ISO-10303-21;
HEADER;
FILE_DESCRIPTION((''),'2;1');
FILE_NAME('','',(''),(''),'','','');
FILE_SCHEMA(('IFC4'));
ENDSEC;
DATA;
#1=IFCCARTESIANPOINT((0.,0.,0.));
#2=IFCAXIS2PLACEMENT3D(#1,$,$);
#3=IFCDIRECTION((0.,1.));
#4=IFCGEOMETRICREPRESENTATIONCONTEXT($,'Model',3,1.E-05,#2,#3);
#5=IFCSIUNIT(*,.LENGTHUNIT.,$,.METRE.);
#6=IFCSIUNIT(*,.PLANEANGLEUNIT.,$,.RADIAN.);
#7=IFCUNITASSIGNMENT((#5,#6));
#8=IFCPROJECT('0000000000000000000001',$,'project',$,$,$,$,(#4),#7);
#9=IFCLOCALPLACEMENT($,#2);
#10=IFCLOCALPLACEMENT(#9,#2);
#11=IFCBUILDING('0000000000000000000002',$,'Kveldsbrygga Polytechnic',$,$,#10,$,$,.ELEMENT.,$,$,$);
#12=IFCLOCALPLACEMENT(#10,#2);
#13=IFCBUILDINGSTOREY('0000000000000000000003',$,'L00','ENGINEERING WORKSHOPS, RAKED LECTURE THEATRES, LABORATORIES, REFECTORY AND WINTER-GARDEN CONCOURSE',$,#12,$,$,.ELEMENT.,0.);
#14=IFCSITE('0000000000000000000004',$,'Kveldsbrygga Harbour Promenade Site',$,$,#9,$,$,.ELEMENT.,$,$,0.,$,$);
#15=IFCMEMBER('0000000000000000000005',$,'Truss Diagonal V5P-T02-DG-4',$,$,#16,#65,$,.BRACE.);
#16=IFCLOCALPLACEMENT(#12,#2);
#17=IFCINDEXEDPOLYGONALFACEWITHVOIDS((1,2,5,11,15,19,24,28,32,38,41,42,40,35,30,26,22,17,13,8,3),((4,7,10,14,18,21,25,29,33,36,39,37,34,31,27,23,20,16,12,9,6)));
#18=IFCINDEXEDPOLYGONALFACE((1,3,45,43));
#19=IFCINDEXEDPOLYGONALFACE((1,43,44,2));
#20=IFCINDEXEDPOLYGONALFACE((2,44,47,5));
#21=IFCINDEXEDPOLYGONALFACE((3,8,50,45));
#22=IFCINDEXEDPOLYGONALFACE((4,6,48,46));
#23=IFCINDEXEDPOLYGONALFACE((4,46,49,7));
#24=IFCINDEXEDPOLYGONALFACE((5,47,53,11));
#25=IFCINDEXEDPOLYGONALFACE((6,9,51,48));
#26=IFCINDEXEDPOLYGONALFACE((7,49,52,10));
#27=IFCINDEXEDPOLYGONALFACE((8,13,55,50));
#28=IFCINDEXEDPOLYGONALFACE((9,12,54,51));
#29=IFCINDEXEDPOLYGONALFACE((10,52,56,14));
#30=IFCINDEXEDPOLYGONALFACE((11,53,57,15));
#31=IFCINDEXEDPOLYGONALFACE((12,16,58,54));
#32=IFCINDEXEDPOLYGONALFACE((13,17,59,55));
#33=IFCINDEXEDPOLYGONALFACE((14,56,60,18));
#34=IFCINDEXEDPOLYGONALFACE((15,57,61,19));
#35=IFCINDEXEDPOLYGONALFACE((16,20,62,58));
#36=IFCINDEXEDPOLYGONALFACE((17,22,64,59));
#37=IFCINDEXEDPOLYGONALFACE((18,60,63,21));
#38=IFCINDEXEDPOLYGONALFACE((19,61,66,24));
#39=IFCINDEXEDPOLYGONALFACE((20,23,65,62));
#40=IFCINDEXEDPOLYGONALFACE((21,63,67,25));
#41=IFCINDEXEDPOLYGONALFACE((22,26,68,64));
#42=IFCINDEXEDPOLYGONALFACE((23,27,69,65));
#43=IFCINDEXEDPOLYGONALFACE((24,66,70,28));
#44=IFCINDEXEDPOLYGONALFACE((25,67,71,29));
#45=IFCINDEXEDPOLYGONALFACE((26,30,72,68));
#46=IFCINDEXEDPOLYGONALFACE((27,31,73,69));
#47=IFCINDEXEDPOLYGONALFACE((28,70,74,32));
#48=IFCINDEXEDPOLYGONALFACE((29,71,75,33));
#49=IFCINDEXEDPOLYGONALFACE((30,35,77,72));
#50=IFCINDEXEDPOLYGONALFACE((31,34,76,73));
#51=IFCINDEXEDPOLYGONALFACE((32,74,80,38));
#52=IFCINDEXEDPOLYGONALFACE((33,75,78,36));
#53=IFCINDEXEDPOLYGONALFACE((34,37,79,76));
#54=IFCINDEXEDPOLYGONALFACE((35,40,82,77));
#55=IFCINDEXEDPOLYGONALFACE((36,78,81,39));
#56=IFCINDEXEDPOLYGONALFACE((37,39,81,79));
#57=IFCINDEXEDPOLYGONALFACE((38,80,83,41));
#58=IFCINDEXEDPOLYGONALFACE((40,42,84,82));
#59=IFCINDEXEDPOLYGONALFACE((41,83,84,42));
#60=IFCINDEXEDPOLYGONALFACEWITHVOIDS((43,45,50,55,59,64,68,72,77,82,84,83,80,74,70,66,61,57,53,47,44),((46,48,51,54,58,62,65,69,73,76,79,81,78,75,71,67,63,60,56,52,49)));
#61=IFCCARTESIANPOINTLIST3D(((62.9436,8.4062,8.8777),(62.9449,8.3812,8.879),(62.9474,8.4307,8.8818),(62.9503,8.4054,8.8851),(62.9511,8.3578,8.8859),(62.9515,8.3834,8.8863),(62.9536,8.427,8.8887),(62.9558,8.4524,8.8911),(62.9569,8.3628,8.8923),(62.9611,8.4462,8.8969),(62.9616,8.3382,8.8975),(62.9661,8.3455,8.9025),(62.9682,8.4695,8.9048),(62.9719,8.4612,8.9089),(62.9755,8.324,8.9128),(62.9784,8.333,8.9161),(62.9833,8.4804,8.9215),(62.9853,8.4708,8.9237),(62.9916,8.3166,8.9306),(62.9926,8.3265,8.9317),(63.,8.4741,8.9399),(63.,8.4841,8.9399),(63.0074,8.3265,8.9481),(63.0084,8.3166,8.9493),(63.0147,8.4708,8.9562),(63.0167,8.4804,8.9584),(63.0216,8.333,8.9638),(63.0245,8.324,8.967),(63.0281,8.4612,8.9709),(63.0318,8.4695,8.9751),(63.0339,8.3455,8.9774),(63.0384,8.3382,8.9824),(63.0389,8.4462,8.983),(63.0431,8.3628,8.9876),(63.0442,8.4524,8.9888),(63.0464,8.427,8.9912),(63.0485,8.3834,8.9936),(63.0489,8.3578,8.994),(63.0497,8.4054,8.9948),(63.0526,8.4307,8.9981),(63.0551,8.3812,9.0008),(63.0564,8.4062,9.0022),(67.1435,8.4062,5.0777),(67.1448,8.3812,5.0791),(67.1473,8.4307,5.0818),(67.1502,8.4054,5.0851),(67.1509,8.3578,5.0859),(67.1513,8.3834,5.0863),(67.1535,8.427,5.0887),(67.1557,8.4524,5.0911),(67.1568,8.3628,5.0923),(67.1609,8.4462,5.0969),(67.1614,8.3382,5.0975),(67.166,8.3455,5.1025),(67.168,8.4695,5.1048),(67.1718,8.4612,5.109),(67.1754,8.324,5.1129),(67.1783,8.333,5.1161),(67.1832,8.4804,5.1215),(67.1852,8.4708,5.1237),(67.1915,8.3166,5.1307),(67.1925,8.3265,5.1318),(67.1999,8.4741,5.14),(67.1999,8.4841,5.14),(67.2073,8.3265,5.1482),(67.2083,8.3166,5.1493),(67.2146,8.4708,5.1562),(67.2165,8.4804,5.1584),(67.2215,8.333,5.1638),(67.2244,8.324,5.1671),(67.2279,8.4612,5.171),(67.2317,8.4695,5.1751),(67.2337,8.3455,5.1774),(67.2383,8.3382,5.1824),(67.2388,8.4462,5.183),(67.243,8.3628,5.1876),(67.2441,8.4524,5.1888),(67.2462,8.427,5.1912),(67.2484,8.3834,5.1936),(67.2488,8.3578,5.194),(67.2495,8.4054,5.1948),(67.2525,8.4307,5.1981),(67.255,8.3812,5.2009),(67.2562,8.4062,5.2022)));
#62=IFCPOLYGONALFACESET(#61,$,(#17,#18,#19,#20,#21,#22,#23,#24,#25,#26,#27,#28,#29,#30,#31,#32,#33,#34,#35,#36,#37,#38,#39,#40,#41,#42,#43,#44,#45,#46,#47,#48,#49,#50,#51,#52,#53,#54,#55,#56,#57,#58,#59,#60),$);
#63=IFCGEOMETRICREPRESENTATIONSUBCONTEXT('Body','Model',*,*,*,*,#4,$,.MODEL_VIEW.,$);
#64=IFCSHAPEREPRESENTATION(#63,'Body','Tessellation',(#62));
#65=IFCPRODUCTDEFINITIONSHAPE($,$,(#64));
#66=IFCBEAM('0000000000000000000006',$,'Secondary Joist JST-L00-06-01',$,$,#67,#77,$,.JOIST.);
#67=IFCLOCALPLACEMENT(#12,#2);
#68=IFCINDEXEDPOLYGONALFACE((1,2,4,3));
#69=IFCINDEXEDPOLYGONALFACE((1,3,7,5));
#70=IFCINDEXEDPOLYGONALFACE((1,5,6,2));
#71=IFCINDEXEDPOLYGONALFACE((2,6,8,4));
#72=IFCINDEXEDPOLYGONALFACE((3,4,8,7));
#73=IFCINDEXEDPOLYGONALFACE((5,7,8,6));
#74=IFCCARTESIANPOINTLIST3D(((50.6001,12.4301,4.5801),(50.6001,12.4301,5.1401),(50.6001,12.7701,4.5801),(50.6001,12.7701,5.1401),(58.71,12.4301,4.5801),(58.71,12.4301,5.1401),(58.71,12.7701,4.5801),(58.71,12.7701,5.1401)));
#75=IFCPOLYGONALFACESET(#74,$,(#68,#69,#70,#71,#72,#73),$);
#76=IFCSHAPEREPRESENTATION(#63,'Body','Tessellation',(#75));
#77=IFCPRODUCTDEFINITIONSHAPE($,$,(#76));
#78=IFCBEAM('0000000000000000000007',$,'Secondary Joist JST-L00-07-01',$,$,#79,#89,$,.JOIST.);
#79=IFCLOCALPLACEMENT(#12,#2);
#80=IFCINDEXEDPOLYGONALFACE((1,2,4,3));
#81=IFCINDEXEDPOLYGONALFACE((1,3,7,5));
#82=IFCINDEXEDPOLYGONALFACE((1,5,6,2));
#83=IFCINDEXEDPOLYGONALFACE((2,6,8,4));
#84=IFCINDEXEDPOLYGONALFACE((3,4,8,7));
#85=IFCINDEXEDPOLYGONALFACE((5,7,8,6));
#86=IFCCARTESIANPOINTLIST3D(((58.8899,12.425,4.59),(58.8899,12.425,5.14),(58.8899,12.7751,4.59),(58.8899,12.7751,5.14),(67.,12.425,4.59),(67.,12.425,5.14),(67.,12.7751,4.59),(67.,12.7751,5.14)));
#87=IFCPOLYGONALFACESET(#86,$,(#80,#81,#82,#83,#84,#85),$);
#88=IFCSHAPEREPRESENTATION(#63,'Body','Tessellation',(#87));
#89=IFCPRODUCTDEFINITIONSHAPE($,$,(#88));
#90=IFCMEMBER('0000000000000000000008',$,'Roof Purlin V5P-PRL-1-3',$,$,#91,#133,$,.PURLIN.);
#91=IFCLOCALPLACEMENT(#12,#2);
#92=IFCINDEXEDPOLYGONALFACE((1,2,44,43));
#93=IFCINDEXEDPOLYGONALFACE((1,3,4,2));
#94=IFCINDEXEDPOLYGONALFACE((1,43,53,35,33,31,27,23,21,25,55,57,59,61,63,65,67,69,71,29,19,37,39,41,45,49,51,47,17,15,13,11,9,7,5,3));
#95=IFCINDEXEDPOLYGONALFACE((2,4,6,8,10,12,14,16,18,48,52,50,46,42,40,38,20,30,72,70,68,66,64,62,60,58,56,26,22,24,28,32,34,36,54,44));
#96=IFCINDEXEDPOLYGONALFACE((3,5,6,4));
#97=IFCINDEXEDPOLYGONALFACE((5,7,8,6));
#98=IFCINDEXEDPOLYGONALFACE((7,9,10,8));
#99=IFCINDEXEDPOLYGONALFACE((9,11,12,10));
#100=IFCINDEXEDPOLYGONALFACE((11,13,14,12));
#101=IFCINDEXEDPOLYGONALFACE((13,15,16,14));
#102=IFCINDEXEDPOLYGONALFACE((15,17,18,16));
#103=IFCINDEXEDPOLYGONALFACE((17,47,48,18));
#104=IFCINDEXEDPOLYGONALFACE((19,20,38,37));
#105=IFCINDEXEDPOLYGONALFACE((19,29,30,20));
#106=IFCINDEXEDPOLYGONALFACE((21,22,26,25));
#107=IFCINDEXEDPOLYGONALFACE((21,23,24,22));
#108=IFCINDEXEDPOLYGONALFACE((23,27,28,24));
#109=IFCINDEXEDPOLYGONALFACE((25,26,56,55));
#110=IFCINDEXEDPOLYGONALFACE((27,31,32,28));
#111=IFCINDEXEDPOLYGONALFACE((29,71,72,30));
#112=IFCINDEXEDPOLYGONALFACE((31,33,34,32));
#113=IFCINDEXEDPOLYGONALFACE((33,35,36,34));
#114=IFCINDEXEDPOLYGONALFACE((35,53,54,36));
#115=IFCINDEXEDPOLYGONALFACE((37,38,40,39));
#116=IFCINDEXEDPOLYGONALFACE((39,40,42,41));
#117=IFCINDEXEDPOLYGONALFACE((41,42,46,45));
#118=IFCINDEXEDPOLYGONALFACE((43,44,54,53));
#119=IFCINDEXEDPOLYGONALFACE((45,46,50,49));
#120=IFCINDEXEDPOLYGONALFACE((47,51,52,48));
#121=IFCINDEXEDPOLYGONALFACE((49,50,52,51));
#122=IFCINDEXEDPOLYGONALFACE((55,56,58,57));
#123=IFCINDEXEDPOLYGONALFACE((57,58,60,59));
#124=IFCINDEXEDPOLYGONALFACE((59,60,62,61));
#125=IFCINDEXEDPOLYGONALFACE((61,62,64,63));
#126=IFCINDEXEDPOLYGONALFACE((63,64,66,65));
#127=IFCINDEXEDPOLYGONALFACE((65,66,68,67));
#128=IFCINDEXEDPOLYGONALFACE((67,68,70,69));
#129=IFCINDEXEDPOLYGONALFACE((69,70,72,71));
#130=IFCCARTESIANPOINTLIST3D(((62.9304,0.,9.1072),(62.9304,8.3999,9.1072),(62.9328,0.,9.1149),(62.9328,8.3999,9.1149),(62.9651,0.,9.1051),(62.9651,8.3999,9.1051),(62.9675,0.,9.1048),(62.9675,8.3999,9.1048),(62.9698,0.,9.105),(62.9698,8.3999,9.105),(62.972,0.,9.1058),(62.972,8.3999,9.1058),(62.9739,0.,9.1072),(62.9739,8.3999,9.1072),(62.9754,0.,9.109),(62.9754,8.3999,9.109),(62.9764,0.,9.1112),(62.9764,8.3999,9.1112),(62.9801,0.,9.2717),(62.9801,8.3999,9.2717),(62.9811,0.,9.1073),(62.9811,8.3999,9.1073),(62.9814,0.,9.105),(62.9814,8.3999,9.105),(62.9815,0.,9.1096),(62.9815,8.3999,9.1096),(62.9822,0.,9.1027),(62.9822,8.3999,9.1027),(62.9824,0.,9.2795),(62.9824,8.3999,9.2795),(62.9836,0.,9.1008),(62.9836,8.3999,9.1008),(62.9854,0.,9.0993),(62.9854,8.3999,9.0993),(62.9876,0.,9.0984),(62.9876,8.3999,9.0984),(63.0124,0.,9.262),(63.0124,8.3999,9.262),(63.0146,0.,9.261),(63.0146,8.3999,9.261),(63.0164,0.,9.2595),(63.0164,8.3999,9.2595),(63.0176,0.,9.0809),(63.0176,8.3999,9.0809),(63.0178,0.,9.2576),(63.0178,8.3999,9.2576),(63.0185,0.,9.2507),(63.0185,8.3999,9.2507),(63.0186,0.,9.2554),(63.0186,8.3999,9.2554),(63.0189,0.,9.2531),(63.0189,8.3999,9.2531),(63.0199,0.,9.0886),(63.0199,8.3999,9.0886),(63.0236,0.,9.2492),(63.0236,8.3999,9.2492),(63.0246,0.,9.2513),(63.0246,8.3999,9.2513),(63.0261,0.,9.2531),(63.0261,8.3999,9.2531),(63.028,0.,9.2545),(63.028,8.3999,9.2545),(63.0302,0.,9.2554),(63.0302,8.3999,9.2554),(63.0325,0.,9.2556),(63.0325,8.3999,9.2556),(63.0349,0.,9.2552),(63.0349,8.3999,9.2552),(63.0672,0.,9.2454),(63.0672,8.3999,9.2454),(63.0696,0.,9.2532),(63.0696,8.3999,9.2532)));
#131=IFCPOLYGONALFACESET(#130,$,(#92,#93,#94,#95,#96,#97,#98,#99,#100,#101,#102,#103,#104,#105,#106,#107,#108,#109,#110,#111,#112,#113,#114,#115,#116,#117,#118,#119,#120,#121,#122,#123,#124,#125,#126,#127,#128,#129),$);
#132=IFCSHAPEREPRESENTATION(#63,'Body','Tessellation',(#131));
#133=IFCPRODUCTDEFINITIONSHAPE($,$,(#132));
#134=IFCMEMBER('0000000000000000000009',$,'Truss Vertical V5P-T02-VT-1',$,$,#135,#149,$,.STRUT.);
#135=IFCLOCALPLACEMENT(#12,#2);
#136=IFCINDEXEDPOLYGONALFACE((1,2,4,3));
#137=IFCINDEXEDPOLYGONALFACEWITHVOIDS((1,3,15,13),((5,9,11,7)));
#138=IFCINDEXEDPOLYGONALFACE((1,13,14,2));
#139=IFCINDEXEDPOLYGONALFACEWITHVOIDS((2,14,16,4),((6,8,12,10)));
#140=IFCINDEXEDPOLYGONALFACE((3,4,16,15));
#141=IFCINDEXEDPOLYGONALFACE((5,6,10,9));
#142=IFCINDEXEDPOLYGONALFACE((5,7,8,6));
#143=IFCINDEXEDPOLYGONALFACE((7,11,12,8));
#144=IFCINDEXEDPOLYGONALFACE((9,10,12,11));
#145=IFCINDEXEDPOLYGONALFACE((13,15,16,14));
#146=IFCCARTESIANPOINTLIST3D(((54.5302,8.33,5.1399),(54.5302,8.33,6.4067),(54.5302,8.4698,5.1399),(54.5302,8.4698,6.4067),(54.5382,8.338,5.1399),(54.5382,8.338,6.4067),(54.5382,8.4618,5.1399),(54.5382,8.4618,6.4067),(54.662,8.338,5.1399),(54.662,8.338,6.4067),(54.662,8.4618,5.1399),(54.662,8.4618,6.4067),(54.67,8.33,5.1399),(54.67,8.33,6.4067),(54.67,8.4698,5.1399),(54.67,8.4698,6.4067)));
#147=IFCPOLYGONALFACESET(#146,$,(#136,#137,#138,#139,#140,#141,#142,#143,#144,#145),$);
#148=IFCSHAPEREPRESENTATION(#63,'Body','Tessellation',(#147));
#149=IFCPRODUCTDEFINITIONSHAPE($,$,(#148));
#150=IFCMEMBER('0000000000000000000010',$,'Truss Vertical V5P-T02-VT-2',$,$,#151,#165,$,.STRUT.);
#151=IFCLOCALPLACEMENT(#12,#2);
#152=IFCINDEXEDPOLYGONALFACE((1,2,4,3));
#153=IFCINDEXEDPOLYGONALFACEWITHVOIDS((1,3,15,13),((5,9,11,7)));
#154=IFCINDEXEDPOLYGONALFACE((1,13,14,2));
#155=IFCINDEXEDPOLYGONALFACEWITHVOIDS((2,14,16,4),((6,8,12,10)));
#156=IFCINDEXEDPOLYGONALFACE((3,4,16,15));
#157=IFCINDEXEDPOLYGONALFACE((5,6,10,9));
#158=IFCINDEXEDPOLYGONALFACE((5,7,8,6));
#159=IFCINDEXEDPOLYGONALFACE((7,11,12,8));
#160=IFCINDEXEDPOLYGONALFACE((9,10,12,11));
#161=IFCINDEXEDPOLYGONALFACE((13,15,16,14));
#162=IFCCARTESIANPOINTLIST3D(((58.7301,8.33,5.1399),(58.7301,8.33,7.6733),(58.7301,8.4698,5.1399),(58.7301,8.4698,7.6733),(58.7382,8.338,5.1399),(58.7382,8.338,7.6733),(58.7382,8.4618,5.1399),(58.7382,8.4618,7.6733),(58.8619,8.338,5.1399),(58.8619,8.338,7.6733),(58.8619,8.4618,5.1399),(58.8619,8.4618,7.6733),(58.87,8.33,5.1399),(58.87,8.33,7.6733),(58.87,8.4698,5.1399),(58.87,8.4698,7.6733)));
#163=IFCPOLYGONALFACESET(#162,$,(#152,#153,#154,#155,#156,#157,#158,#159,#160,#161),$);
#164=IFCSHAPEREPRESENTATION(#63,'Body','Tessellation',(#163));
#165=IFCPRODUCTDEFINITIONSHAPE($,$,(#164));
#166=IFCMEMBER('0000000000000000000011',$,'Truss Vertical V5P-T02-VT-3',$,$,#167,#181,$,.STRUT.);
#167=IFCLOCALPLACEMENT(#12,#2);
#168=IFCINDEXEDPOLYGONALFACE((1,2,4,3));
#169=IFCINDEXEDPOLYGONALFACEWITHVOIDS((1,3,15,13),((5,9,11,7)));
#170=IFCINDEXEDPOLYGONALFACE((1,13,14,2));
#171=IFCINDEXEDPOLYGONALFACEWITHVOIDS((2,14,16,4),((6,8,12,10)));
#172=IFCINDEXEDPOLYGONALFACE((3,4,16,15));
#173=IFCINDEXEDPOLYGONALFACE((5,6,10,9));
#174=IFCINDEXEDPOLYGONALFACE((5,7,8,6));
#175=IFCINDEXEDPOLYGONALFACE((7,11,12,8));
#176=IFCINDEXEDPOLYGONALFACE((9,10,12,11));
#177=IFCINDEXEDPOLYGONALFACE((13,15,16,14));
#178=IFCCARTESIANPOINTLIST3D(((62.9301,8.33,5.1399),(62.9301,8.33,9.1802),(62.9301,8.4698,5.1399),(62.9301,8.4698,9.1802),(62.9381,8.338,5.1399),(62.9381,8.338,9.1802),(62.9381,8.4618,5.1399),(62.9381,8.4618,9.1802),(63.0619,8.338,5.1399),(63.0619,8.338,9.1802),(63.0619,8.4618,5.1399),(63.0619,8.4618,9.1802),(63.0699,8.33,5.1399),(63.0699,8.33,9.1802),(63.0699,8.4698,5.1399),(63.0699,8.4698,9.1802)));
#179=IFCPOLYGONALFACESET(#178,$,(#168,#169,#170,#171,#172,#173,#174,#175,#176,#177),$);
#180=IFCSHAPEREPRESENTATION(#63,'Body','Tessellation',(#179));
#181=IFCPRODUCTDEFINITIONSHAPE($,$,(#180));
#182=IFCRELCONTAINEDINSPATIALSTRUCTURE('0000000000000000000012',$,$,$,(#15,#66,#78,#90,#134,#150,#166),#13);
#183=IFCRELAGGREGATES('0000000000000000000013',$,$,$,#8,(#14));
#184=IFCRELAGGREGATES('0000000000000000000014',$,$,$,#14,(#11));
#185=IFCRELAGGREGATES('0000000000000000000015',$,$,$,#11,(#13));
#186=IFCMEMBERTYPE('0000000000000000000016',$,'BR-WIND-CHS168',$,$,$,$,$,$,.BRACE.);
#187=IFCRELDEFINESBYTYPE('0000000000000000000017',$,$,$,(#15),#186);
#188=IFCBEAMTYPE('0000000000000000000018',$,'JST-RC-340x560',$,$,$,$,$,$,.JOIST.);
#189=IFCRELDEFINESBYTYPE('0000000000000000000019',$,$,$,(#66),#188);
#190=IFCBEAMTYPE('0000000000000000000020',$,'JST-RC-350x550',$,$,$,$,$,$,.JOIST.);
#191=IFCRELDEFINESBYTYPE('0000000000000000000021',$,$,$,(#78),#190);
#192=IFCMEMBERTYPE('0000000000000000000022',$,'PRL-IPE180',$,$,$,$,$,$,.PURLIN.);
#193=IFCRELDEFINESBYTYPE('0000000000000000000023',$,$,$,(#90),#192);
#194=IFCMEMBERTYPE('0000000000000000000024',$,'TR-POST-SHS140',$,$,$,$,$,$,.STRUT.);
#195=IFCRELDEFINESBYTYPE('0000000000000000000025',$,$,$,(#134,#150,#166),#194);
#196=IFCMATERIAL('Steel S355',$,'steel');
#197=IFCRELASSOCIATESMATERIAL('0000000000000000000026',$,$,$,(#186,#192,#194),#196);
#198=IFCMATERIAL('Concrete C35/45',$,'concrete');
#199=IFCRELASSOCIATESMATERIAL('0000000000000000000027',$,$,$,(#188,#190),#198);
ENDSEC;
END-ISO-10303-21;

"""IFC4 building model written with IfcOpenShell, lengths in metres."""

from ifc_helpers import new_model, si_unit, direction, frame, origin, origin_2d, place, context, subcontext, project, spatial, rectangle, hollow_rectangle, hollow_circle, i_section, extrude, material, material_profile, profile_set, type_object, element, save


model = new_model("IFC4")

# Units and contexts
model_context = context("Model", 3, precision=1e-05, world=origin(), true_north=direction((0.0, 1.0)))
body_context = subcontext(model_context, "Body", "Model", "MODEL_VIEW")
ifc_project = project(units=[si_unit("LENGTHUNIT", "METRE"), si_unit("PLANEANGLEUNIT", "RADIAN")], contexts=[model_context])

# Site, building, storey
site_placement = place(None, origin())
site = spatial("IfcSite", under=ifc_project, at=site_placement, Name="Kveldsbrygga Harbour Promenade Site", CompositionType="ELEMENT", RefElevation=0.0)
building_placement = place(site_placement, origin())
building = spatial("IfcBuilding", under=site, at=building_placement, Name="Kveldsbrygga Polytechnic", CompositionType="ELEMENT")
storey_placement = place(building_placement, origin())
storey = spatial("IfcBuildingStorey", under=building, at=storey_placement, Name="L00", Description="ENGINEERING WORKSHOPS, RAKED LECTURE THEATRES, LABORATORIES, REFECTORY AND WINTER-GARDEN CONCOURSE", CompositionType="ELEMENT", Elevation=0.0)

# Shared definitions
ifc_material_1 = material(Name="Concrete C35/45", Category="concrete")

# Shared definitions
ifc_material_2 = material(Name="Steel S355", Category="steel")

# Member
ifc_material_profile_1 = material_profile(ifc_material_2, hollow_circle(Radius=0.0842, WallThickness=0.01, at=origin_2d()), Name="CHS 168.3x10.0")
ifc_profile_set_1 = profile_set([ifc_material_profile_1], Name="Steel S355")
member_type_1 = type_object("IfcMemberType", Name="BR-WIND-CHS168", PredefinedType="BRACE", material=ifc_profile_set_1)
for number, where, z_axis, x_axis, name in (
    (1, (63.0, 8.3999, 8.9399), (0.741528, 0.0, -0.670922), (0.0, 1.0, 0.0), "Truss Diagonal V5P-T02-DG-4"),
):
    element("IfcMember", number, at=place(storey_placement, frame(where, z_axis=z_axis, x_axis=x_axis)), inside=storey, type_object=member_type_1, Name=name, PredefinedType="BRACE", context=body_context, shape_type="SweptSolid", body=[
        extrude(hollow_circle(Radius=0.0842, WallThickness=0.01, at=origin_2d()), origin(), (0.0, 0.0, 1.0), 5.6638),
    ])

# Beams
ifc_material_profile_2 = material_profile(ifc_material_1, rectangle(XDim=0.3401, YDim=0.5601, at=origin_2d()), Name="RC 340x560")
ifc_profile_set_2 = profile_set([ifc_material_profile_2], Name="Concrete C35/45")
beam_type_1 = type_object("IfcBeamType", Name="JST-RC-340x560", PredefinedType="JOIST", material=ifc_profile_set_2)
beam_1_placement = place(storey_placement, frame((50.6001, 12.6001, 4.8601), z_axis=(1.0, 0.0, 0.0), x_axis=(0.0, 1.0, 0.0)))
element("IfcBeam", 2, at=beam_1_placement, inside=storey, type_object=beam_type_1, Name="Secondary Joist JST-L00-06-01", PredefinedType="JOIST", context=body_context, shape_type="SweptSolid", body=[
    extrude(rectangle(XDim=0.3401, YDim=0.5601, at=origin_2d()), origin(), (0.0, 0.0, 1.0), 8.1099),
])
ifc_material_profile_3 = material_profile(ifc_material_1, rectangle(XDim=0.3501, YDim=0.55, at=origin_2d()), Name="RC 350x550")
ifc_profile_set_3 = profile_set([ifc_material_profile_3], Name="Concrete C35/45")
beam_type_2 = type_object("IfcBeamType", Name="JST-RC-350x550", PredefinedType="JOIST", material=ifc_profile_set_3)
beam_2_placement = place(storey_placement, frame((58.8899, 12.6001, 4.865), z_axis=(1.0, 0.0, 0.0), x_axis=(0.0, 1.0, 0.0)))
element("IfcBeam", 3, at=beam_2_placement, inside=storey, type_object=beam_type_2, Name="Secondary Joist JST-L00-07-01", PredefinedType="JOIST", context=body_context, shape_type="SweptSolid", body=[
    extrude(rectangle(XDim=0.3501, YDim=0.55, at=origin_2d()), origin(), (0.0, 0.0, 1.0), 8.1101),
])

# Members
ifc_material_profile_4 = material_profile(ifc_material_2, i_section(OverallWidth=0.0911, OverallDepth=0.1799, WebThickness=0.0054, FlangeThickness=0.0081, FilletRadius=0.009, at=origin_2d()), Name="IPE 180")
ifc_profile_set_4 = profile_set([ifc_material_profile_4], Name="Steel S355")
member_type_2 = type_object("IfcMemberType", Name="PRL-IPE180", PredefinedType="PURLIN", material=ifc_profile_set_4)
member_1_placement = place(storey_placement, frame((63.0, 0.0, 9.1802), z_axis=(0.0, 1.0, 0.0), x_axis=(-0.957407, 0.0, 0.288741)))
element("IfcMember", 4, at=member_1_placement, inside=storey, type_object=member_type_2, Name="Roof Purlin V5P-PRL-1-3", PredefinedType="PURLIN", context=body_context, shape_type="SweptSolid", body=[
    extrude(i_section(OverallWidth=0.0911, OverallDepth=0.1799, WebThickness=0.0054, FlangeThickness=0.0081, FilletRadius=0.009, at=origin_2d()), origin(), (0.0, 0.0, 1.0), 8.3999),
])
ifc_material_profile_5 = material_profile(ifc_material_2, hollow_rectangle(XDim=0.1399, YDim=0.1399, WallThickness=0.0081, at=origin_2d()), Name="SHS 140x140x8.0")
ifc_profile_set_5 = profile_set([ifc_material_profile_5], Name="Steel S355")
member_type_3 = type_object("IfcMemberType", Name="TR-POST-SHS140", PredefinedType="STRUT", material=ifc_profile_set_5)
member_2_placement = place(storey_placement, frame((54.6001, 8.3999, 5.1399), z_axis=(0.0, 0.0, 1.0), x_axis=(1.0, 0.0, 0.0)))
element("IfcMember", 5, at=member_2_placement, inside=storey, type_object=member_type_3, Name="Truss Vertical V5P-T02-VT-1", PredefinedType="STRUT", context=body_context, shape_type="SweptSolid", body=[
    extrude(hollow_rectangle(XDim=0.1399, YDim=0.1399, WallThickness=0.0081, at=origin_2d()), origin(), (0.0, 0.0, 1.0), 1.2668),
])
member_3_placement = place(storey_placement, frame((58.8, 8.3999, 5.1399), z_axis=(0.0, 0.0, 1.0), x_axis=(1.0, 0.0, 0.0)))
element("IfcMember", 6, at=member_3_placement, inside=storey, type_object=member_type_3, Name="Truss Vertical V5P-T02-VT-2", PredefinedType="STRUT", context=body_context, shape_type="SweptSolid", body=[
    extrude(hollow_rectangle(XDim=0.1399, YDim=0.1399, WallThickness=0.0081, at=origin_2d()), origin(), (0.0, 0.0, 1.0), 2.5334),
])
member_4_placement = place(storey_placement, frame((63.0, 8.3999, 5.1399), z_axis=(0.0, 0.0, 1.0), x_axis=(1.0, 0.0, 0.0)))
element("IfcMember", 7, at=member_4_placement, inside=storey, type_object=member_type_3, Name="Truss Vertical V5P-T02-VT-3", PredefinedType="STRUT", context=body_context, shape_type="SweptSolid", body=[
    extrude(hollow_rectangle(XDim=0.1399, YDim=0.1399, WallThickness=0.0081, at=origin_2d()), origin(), (0.0, 0.0, 1.0), 4.0403),
])

save(model, "model.ifc")
